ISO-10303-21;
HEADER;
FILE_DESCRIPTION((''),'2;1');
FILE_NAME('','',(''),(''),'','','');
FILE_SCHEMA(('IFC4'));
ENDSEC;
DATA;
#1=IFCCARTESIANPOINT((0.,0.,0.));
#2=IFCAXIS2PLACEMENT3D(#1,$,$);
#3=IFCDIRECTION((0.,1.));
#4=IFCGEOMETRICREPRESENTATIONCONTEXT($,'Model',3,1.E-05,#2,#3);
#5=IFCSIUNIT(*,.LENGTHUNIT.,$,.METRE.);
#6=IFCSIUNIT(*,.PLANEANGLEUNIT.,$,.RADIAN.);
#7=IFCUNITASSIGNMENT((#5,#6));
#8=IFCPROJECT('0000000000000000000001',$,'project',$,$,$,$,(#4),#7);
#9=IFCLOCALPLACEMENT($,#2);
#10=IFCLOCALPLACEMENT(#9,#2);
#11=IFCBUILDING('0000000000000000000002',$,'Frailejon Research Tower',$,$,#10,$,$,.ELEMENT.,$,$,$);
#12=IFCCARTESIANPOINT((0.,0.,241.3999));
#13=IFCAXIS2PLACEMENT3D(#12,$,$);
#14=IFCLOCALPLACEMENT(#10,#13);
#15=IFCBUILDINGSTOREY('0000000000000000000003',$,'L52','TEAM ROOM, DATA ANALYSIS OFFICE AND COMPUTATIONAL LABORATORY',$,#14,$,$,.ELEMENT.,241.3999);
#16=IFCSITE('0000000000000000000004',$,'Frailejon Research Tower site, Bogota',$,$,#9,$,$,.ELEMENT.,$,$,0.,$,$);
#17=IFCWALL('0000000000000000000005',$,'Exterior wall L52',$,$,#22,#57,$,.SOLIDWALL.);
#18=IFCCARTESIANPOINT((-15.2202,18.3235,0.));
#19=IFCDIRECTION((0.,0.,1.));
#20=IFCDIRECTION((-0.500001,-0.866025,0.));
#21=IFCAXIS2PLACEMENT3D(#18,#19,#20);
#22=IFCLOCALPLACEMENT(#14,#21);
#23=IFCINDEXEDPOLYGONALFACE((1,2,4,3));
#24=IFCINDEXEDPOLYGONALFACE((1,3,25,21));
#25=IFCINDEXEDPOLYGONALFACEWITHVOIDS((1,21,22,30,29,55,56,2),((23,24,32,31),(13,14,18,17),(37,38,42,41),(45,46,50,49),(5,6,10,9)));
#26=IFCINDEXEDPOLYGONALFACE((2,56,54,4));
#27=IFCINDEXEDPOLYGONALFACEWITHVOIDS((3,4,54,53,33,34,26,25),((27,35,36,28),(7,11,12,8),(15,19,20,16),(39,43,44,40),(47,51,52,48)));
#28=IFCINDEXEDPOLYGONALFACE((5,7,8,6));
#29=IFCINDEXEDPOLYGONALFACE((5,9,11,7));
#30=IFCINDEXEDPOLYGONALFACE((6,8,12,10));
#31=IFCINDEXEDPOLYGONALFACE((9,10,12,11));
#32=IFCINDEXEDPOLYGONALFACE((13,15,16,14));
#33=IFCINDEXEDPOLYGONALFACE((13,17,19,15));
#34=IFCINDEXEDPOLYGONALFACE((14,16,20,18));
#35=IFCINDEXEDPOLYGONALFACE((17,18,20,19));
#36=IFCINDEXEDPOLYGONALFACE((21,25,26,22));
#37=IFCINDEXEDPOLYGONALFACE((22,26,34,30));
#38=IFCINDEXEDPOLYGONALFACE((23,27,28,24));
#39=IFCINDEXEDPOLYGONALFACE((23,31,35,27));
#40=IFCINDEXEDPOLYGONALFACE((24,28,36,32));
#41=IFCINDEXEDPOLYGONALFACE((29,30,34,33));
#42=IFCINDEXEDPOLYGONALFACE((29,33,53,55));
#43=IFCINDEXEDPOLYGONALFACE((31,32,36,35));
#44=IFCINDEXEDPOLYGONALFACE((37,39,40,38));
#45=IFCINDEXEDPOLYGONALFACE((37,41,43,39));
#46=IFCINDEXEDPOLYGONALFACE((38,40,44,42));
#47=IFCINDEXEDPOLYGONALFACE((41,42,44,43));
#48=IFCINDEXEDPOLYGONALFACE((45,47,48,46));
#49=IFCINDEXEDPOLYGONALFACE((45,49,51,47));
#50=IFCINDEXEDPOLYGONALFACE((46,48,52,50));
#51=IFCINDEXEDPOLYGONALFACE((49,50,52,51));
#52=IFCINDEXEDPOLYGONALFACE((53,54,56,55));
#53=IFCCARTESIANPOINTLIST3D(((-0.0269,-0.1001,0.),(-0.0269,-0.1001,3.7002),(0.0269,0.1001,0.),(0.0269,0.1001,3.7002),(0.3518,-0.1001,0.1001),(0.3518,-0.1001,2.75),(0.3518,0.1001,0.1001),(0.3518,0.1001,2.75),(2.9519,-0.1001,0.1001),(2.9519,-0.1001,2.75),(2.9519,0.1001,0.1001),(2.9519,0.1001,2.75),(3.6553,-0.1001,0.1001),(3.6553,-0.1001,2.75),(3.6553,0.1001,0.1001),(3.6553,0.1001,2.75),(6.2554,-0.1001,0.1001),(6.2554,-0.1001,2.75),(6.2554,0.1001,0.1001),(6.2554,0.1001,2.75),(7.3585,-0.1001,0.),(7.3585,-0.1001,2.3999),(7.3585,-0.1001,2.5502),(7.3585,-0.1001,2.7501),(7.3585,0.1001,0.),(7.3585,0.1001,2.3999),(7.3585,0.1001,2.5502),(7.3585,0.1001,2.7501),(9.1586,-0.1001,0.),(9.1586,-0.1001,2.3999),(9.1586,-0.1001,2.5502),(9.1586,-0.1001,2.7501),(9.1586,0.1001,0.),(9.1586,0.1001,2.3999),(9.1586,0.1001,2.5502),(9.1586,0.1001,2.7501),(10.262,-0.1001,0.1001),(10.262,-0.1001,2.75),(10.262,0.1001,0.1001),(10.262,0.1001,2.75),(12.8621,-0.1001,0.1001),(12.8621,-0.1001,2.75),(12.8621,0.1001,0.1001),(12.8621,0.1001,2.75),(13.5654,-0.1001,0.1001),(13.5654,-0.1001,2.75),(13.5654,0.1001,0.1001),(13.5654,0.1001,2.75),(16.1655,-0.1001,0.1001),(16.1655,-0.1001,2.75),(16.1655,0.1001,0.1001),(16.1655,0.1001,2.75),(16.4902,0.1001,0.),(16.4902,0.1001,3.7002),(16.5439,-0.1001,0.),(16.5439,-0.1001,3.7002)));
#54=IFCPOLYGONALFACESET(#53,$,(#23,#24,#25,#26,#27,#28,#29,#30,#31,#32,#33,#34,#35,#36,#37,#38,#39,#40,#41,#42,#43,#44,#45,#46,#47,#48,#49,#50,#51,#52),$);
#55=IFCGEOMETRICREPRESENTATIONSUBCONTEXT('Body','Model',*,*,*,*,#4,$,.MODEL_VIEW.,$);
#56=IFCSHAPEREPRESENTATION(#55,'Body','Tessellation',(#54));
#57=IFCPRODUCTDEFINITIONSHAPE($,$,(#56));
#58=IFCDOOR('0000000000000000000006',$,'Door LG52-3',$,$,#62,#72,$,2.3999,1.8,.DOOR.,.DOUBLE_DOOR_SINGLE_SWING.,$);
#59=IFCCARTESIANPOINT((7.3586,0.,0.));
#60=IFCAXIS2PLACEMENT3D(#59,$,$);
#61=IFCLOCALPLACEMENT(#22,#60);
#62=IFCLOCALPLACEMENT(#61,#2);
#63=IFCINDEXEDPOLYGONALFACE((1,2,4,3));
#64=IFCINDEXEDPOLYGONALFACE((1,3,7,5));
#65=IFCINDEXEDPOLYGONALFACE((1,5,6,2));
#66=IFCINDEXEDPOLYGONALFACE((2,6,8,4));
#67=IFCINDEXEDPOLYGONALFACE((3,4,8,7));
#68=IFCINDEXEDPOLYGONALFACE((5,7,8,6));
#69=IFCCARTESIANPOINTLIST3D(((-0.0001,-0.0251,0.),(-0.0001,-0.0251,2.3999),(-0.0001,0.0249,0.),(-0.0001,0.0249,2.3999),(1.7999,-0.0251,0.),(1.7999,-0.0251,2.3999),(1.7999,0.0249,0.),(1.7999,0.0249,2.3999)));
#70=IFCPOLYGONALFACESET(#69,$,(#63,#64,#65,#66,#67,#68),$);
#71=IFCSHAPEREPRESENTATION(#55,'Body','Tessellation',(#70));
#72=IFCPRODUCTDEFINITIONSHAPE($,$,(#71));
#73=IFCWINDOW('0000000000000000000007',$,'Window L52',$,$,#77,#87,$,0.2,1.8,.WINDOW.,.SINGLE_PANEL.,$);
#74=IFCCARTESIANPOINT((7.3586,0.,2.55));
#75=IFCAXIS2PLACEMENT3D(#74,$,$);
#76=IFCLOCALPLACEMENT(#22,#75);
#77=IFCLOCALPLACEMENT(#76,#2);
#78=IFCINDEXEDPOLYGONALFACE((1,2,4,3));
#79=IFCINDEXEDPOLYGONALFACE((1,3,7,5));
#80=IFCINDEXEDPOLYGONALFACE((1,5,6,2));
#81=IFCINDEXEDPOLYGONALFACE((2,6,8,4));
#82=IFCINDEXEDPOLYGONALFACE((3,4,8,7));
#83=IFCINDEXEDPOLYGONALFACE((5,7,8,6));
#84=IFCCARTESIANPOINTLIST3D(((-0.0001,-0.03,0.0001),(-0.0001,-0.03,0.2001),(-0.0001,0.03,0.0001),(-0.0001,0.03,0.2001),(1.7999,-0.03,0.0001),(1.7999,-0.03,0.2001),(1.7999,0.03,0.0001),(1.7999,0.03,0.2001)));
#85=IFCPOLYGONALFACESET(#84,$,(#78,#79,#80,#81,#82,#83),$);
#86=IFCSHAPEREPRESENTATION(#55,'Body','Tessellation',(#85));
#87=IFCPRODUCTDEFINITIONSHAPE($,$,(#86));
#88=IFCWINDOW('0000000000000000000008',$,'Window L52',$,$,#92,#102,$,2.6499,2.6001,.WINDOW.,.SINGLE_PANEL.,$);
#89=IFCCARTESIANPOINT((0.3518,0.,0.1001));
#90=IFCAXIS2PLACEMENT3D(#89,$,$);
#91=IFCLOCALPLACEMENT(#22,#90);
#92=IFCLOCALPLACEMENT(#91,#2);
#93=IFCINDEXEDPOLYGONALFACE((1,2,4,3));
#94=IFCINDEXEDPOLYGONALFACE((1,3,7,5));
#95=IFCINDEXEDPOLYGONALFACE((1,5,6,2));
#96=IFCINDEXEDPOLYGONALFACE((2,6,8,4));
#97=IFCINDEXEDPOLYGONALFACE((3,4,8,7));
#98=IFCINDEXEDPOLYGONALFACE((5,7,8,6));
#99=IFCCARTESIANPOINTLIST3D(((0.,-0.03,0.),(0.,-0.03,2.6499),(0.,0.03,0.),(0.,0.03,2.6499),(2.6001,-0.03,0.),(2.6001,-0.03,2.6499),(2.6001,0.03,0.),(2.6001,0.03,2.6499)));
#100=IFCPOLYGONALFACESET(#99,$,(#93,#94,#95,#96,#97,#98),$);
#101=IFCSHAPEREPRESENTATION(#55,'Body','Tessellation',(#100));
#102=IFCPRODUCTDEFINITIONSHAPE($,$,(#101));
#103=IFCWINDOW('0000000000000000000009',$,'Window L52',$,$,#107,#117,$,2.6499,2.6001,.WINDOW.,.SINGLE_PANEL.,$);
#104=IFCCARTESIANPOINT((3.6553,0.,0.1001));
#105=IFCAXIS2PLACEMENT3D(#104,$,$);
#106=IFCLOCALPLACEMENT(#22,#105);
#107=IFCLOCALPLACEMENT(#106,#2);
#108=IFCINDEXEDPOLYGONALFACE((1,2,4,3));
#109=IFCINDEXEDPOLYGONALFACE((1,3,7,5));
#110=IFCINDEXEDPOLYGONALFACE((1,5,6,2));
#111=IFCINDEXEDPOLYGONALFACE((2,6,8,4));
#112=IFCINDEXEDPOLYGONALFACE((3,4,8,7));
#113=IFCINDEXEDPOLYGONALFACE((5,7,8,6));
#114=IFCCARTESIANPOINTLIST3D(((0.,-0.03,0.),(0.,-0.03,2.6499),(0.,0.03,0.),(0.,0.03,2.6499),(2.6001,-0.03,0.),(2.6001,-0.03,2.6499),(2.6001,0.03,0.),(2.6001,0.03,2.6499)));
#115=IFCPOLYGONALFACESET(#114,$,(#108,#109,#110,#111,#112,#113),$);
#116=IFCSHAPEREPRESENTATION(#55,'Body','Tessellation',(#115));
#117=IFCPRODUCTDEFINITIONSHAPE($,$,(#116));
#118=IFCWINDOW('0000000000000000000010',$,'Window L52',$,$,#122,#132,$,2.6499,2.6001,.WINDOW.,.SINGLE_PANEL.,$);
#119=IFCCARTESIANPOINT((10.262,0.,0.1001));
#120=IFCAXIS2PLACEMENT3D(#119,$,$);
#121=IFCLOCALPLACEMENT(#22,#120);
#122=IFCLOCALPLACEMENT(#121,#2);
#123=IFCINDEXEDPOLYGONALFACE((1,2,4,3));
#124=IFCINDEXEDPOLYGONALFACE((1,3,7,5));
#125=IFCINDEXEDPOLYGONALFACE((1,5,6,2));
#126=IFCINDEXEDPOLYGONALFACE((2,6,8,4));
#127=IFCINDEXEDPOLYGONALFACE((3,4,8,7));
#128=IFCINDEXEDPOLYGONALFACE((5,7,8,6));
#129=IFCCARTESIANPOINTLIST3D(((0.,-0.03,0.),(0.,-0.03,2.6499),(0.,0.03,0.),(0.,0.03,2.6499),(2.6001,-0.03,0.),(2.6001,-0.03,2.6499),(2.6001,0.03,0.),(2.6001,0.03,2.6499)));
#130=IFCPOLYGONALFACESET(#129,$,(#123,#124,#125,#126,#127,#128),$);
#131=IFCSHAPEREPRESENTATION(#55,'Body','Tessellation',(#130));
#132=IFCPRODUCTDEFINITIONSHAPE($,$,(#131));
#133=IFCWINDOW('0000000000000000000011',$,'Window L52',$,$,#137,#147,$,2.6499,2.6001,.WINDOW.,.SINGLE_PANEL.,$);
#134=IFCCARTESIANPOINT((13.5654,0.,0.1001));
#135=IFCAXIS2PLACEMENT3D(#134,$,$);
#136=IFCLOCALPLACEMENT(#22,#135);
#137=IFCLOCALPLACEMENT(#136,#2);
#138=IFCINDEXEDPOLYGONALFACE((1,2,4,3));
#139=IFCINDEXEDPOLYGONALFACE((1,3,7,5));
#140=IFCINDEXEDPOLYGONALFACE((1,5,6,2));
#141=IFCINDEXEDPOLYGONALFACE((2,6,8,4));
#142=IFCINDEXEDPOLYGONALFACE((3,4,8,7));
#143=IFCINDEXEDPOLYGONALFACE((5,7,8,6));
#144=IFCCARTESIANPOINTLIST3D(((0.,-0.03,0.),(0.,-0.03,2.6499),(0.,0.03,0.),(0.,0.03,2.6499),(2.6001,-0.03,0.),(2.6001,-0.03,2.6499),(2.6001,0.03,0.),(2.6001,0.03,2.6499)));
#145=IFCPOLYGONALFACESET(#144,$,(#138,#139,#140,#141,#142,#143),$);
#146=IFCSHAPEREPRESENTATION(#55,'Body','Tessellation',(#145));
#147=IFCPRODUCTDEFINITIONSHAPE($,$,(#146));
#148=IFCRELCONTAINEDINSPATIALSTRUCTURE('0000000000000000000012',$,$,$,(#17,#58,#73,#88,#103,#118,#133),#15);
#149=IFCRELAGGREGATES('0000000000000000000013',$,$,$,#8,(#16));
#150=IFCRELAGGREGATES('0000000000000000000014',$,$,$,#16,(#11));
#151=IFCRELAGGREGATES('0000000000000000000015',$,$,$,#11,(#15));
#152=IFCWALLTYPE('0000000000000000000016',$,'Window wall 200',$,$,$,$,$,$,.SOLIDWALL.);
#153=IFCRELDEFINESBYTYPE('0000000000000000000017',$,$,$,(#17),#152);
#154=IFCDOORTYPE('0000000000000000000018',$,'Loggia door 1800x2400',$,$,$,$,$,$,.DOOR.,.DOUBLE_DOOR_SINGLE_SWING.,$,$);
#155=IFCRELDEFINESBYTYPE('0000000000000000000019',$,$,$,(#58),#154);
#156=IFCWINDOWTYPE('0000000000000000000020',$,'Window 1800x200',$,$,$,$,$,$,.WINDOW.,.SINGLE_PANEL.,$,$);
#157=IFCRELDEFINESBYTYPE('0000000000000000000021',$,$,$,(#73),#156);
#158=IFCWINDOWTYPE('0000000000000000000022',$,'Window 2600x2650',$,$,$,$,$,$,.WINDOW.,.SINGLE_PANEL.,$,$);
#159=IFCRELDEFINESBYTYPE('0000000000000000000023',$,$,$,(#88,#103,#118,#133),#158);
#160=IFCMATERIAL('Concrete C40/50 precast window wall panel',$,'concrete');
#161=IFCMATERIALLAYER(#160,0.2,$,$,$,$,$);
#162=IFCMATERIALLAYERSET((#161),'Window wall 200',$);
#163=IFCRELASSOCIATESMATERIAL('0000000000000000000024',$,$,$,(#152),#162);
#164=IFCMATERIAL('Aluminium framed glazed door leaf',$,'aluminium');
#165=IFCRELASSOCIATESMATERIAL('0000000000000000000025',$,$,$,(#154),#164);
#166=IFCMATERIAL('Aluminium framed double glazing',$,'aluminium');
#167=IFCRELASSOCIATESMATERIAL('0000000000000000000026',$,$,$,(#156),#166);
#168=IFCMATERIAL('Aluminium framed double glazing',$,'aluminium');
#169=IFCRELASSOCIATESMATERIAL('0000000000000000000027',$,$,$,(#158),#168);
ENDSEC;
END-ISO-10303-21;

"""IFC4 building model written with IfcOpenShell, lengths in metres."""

from ifc_helpers import new_model, si_unit, direction, frame, frame_2d, origin, place, context, subcontext, project, spatial, polyline, rectangle, outline, extrude, material, layer, layer_set, type_object, element, fill, save


model = new_model("IFC4")

# Units and contexts
model_context = context("Model", 3, precision=1e-05, world=origin(), true_north=direction((0.0, 1.0)))
body_context = subcontext(model_context, "Body", "Model", "MODEL_VIEW")
ifc_project = project(units=[si_unit("LENGTHUNIT", "METRE"), si_unit("PLANEANGLEUNIT", "RADIAN")], contexts=[model_context])

# Site, building, storey
site_placement = place(None, origin())
site = spatial("IfcSite", under=ifc_project, at=site_placement, Name="Frailejon Research Tower site, Bogota", CompositionType="ELEMENT", RefElevation=0.0)
building_placement = place(site_placement, origin())
building = spatial("IfcBuilding", under=site, at=building_placement, Name="Frailejon Research Tower", CompositionType="ELEMENT")
storey_placement = place(building_placement, frame((0.0, 0.0, 241.3999)))
storey = spatial("IfcBuildingStorey", under=building, at=storey_placement, Name="L52", Description="TEAM ROOM, DATA ANALYSIS OFFICE AND COMPUTATIONAL LABORATORY", CompositionType="ELEMENT", Elevation=241.3999)

# Wall, openings, door, windows
ifc_material_1 = material(Name="Concrete C40/50 precast window wall panel", Category="concrete")
ifc_layer_1 = layer(ifc_material_1, 0.2)
ifc_layer_set_1 = layer_set([ifc_layer_1], Name="Window wall 200")
wall_type_1 = type_object("IfcWallType", Name="Window wall 200", PredefinedType="SOLIDWALL", material=ifc_layer_set_1)
wall_1_placement = place(storey_placement, frame((-15.2202, 18.3235, 0.0), z_axis=(0.0, 0.0, 1.0), x_axis=(-0.500001, -0.866025, 0.0)))
wall_1 = element("IfcWall", 1, at=wall_1_placement, inside=storey, type_object=wall_type_1, Name="Exterior wall L52", PredefinedType="SOLIDWALL", context=body_context, shape_type="SweptSolid", body=[
    extrude(outline(polyline([(-0.0269, -0.1001), (1.0088, -0.1001), (2.0444, -0.1001), (3.0801, -0.1001), (4.1157, -0.1001), (5.1516, -0.1001), (6.1873, -0.1001), (7.2229, -0.1001), (8.2585, -0.1001), (9.2942, -0.1001), (10.3298, -0.1001), (11.3655, -0.1001), (12.4014, -0.1001), (13.437, -0.1001), (14.4727, -0.1001), (15.5083, -0.1001), (16.5439, -0.1001), (16.4902, 0.1001), (15.4612, 0.1001), (14.4324, 0.1001), (13.4033, 0.1001), (12.3745, 0.1001), (11.3455, 0.1001), (10.3164, 0.1001), (9.2876, 0.1001), (8.2585, 0.1001), (7.2295, 0.1001), (6.2007, 0.1001), (5.1716, 0.1001), (4.1426, 0.1001), (3.1138, 0.1001), (2.0847, 0.1001), (1.0559, 0.1001), (0.0269, 0.1001), (-0.0269, -0.1001)])), origin(), (0.0, 0.0, 1.0), 3.7002),
])
opening_1_placement = place(wall_1_placement, frame((0.3518, 0.0, 0.1001)))
opening_1 = element("IfcOpeningElement", 2, at=opening_1_placement, cuts=wall_1, PredefinedType="OPENING", context=body_context, shape_type="SweptSolid", body=[
    extrude(rectangle(XDim=2.6001, YDim=2.6499, at=frame_2d((1.3, 1.325))), frame((0.0, 0.1099, 0.0), z_axis=(0.0, -1.0, 0.0), x_axis=(1.0, 0.0, 0.0)), (0.0, 0.0, 1.0), 0.22),
])
opening_2_placement = place(wall_1_placement, frame((3.6553, 0.0, 0.1001)))
opening_2 = element("IfcOpeningElement", 3, at=opening_2_placement, cuts=wall_1, PredefinedType="OPENING", context=body_context, shape_type="SweptSolid", body=[
    extrude(rectangle(XDim=2.6001, YDim=2.6499, at=frame_2d((1.3, 1.325))), frame((0.0, 0.1099, 0.0), z_axis=(0.0, -1.0, 0.0), x_axis=(1.0, 0.0, 0.0)), (0.0, 0.0, 1.0), 0.22),
])
opening_3_placement = place(wall_1_placement, frame((7.3586, 0.0, 0.0)))
opening_3 = element("IfcOpeningElement", 4, at=opening_3_placement, cuts=wall_1, PredefinedType="OPENING", context=body_context, shape_type="SweptSolid", body=[
    extrude(rectangle(XDim=1.8, YDim=2.3999, at=frame_2d((0.8999, 1.2))), frame((0.0, 0.1099, 0.0), z_axis=(0.0, -1.0, 0.0), x_axis=(1.0, 0.0, 0.0)), (0.0, 0.0, 1.0), 0.22),
])
opening_4_placement = place(wall_1_placement, frame((7.3586, 0.0, 2.55)))
opening_4 = element("IfcOpeningElement", 5, at=opening_4_placement, cuts=wall_1, PredefinedType="OPENING", context=body_context, shape_type="SweptSolid", body=[
    extrude(rectangle(XDim=1.8, YDim=0.2, at=frame_2d((0.8999, 0.1001))), frame((0.0, 0.1099, 0.0), z_axis=(0.0, -1.0, 0.0), x_axis=(1.0, 0.0, 0.0)), (0.0, 0.0, 1.0), 0.22),
])
opening_5_placement = place(wall_1_placement, frame((10.262, 0.0, 0.1001)))
opening_5 = element("IfcOpeningElement", 6, at=opening_5_placement, cuts=wall_1, PredefinedType="OPENING", context=body_context, shape_type="SweptSolid", body=[
    extrude(rectangle(XDim=2.6001, YDim=2.6499, at=frame_2d((1.3, 1.325))), frame((0.0, 0.1099, 0.0), z_axis=(0.0, -1.0, 0.0), x_axis=(1.0, 0.0, 0.0)), (0.0, 0.0, 1.0), 0.22),
])
opening_6_placement = place(wall_1_placement, frame((13.5654, 0.0, 0.1001)))
opening_6 = element("IfcOpeningElement", 7, at=opening_6_placement, cuts=wall_1, PredefinedType="OPENING", context=body_context, shape_type="SweptSolid", body=[
    extrude(rectangle(XDim=2.6001, YDim=2.6499, at=frame_2d((1.3, 1.325))), frame((0.0, 0.1099, 0.0), z_axis=(0.0, -1.0, 0.0), x_axis=(1.0, 0.0, 0.0)), (0.0, 0.0, 1.0), 0.22),
])
ifc_material_2 = material(Name="Aluminium framed glazed door leaf", Category="aluminium")
door_type_1 = type_object("IfcDoorType", Name="Loggia door 1800x2400", OperationType="DOUBLE_DOOR_SINGLE_SWING", PredefinedType="DOOR", material=ifc_material_2)
door_1_placement = place(opening_3_placement, origin())
door_1 = element("IfcDoor", 8, at=door_1_placement, inside=storey, type_object=door_type_1, Name="Door LG52-3", OperationType="DOUBLE_DOOR_SINGLE_SWING", OverallHeight=2.3999, OverallWidth=1.8, PredefinedType="DOOR", context=body_context, shape_type="SweptSolid", body=[
    extrude(rectangle(XDim=1.8, YDim=2.3999, at=frame_2d((0.8999, 1.2))), frame((0.0, 0.0249, 0.0), z_axis=(0.0, -1.0, 0.0), x_axis=(1.0, 0.0, 0.0)), (0.0, 0.0, 1.0), 0.05),
])
fill(opening_3, door_1)
ifc_material_3 = material(Name="Aluminium framed double glazing", Category="aluminium")
window_type_1 = type_object("IfcWindowType", Name="Window 1800x200", PartitioningType="SINGLE_PANEL", PredefinedType="WINDOW", material=ifc_material_3)
window_1_placement = place(opening_4_placement, origin())
window_1 = element("IfcWindow", 9, at=window_1_placement, inside=storey, type_object=window_type_1, Name="Window L52", OverallHeight=0.2, OverallWidth=1.8, PartitioningType="SINGLE_PANEL", PredefinedType="WINDOW", context=body_context, shape_type="SweptSolid", body=[
    extrude(rectangle(XDim=1.8, YDim=0.2, at=frame_2d((0.8999, 0.1001))), frame((0.0, 0.03, 0.0), z_axis=(0.0, -1.0, 0.0), x_axis=(1.0, 0.0, 0.0)), (0.0, 0.0, 1.0), 0.0601),
])
fill(opening_4, window_1)
ifc_material_4 = material(Name="Aluminium framed double glazing", Category="aluminium")
window_type_2 = type_object("IfcWindowType", Name="Window 2600x2650", PartitioningType="SINGLE_PANEL", PredefinedType="WINDOW", material=ifc_material_4)
window_2_placement = place(opening_1_placement, origin())
window_2 = element("IfcWindow", 10, at=window_2_placement, inside=storey, type_object=window_type_2, Name="Window L52", OverallHeight=2.6499, OverallWidth=2.6001, PartitioningType="SINGLE_PANEL", PredefinedType="WINDOW", context=body_context, shape_type="SweptSolid", body=[
    extrude(rectangle(XDim=2.6001, YDim=2.6499, at=frame_2d((1.3, 1.325))), frame((0.0, 0.03, 0.0), z_axis=(0.0, -1.0, 0.0), x_axis=(1.0, 0.0, 0.0)), (0.0, 0.0, 1.0), 0.0601),
])
fill(opening_1, window_2)
window_3_placement = place(opening_2_placement, origin())
window_3 = element("IfcWindow", 11, at=window_3_placement, inside=storey, type_object=window_type_2, Name="Window L52", OverallHeight=2.6499, OverallWidth=2.6001, PartitioningType="SINGLE_PANEL", PredefinedType="WINDOW", context=body_context, shape_type="SweptSolid", body=[
    extrude(rectangle(XDim=2.6001, YDim=2.6499, at=frame_2d((1.3, 1.325))), frame((0.0, 0.03, 0.0), z_axis=(0.0, -1.0, 0.0), x_axis=(1.0, 0.0, 0.0)), (0.0, 0.0, 1.0), 0.0601),
])
fill(opening_2, window_3)
window_4_placement = place(opening_5_placement, origin())
window_4 = element("IfcWindow", 12, at=window_4_placement, inside=storey, type_object=window_type_2, Name="Window L52", OverallHeight=2.6499, OverallWidth=2.6001, PartitioningType="SINGLE_PANEL", PredefinedType="WINDOW", context=body_context, shape_type="SweptSolid", body=[
    extrude(rectangle(XDim=2.6001, YDim=2.6499, at=frame_2d((1.3, 1.325))), frame((0.0, 0.03, 0.0), z_axis=(0.0, -1.0, 0.0), x_axis=(1.0, 0.0, 0.0)), (0.0, 0.0, 1.0), 0.0601),
])
fill(opening_5, window_4)
window_5_placement = place(opening_6_placement, origin())
window_5 = element("IfcWindow", 13, at=window_5_placement, inside=storey, type_object=window_type_2, Name="Window L52", OverallHeight=2.6499, OverallWidth=2.6001, PartitioningType="SINGLE_PANEL", PredefinedType="WINDOW", context=body_context, shape_type="SweptSolid", body=[
    extrude(rectangle(XDim=2.6001, YDim=2.6499, at=frame_2d((1.3, 1.325))), frame((0.0, 0.03, 0.0), z_axis=(0.0, -1.0, 0.0), x_axis=(1.0, 0.0, 0.0)), (0.0, 0.0, 1.0), 0.0601),
])
fill(opening_6, window_5)

save(model, "model.ifc")
